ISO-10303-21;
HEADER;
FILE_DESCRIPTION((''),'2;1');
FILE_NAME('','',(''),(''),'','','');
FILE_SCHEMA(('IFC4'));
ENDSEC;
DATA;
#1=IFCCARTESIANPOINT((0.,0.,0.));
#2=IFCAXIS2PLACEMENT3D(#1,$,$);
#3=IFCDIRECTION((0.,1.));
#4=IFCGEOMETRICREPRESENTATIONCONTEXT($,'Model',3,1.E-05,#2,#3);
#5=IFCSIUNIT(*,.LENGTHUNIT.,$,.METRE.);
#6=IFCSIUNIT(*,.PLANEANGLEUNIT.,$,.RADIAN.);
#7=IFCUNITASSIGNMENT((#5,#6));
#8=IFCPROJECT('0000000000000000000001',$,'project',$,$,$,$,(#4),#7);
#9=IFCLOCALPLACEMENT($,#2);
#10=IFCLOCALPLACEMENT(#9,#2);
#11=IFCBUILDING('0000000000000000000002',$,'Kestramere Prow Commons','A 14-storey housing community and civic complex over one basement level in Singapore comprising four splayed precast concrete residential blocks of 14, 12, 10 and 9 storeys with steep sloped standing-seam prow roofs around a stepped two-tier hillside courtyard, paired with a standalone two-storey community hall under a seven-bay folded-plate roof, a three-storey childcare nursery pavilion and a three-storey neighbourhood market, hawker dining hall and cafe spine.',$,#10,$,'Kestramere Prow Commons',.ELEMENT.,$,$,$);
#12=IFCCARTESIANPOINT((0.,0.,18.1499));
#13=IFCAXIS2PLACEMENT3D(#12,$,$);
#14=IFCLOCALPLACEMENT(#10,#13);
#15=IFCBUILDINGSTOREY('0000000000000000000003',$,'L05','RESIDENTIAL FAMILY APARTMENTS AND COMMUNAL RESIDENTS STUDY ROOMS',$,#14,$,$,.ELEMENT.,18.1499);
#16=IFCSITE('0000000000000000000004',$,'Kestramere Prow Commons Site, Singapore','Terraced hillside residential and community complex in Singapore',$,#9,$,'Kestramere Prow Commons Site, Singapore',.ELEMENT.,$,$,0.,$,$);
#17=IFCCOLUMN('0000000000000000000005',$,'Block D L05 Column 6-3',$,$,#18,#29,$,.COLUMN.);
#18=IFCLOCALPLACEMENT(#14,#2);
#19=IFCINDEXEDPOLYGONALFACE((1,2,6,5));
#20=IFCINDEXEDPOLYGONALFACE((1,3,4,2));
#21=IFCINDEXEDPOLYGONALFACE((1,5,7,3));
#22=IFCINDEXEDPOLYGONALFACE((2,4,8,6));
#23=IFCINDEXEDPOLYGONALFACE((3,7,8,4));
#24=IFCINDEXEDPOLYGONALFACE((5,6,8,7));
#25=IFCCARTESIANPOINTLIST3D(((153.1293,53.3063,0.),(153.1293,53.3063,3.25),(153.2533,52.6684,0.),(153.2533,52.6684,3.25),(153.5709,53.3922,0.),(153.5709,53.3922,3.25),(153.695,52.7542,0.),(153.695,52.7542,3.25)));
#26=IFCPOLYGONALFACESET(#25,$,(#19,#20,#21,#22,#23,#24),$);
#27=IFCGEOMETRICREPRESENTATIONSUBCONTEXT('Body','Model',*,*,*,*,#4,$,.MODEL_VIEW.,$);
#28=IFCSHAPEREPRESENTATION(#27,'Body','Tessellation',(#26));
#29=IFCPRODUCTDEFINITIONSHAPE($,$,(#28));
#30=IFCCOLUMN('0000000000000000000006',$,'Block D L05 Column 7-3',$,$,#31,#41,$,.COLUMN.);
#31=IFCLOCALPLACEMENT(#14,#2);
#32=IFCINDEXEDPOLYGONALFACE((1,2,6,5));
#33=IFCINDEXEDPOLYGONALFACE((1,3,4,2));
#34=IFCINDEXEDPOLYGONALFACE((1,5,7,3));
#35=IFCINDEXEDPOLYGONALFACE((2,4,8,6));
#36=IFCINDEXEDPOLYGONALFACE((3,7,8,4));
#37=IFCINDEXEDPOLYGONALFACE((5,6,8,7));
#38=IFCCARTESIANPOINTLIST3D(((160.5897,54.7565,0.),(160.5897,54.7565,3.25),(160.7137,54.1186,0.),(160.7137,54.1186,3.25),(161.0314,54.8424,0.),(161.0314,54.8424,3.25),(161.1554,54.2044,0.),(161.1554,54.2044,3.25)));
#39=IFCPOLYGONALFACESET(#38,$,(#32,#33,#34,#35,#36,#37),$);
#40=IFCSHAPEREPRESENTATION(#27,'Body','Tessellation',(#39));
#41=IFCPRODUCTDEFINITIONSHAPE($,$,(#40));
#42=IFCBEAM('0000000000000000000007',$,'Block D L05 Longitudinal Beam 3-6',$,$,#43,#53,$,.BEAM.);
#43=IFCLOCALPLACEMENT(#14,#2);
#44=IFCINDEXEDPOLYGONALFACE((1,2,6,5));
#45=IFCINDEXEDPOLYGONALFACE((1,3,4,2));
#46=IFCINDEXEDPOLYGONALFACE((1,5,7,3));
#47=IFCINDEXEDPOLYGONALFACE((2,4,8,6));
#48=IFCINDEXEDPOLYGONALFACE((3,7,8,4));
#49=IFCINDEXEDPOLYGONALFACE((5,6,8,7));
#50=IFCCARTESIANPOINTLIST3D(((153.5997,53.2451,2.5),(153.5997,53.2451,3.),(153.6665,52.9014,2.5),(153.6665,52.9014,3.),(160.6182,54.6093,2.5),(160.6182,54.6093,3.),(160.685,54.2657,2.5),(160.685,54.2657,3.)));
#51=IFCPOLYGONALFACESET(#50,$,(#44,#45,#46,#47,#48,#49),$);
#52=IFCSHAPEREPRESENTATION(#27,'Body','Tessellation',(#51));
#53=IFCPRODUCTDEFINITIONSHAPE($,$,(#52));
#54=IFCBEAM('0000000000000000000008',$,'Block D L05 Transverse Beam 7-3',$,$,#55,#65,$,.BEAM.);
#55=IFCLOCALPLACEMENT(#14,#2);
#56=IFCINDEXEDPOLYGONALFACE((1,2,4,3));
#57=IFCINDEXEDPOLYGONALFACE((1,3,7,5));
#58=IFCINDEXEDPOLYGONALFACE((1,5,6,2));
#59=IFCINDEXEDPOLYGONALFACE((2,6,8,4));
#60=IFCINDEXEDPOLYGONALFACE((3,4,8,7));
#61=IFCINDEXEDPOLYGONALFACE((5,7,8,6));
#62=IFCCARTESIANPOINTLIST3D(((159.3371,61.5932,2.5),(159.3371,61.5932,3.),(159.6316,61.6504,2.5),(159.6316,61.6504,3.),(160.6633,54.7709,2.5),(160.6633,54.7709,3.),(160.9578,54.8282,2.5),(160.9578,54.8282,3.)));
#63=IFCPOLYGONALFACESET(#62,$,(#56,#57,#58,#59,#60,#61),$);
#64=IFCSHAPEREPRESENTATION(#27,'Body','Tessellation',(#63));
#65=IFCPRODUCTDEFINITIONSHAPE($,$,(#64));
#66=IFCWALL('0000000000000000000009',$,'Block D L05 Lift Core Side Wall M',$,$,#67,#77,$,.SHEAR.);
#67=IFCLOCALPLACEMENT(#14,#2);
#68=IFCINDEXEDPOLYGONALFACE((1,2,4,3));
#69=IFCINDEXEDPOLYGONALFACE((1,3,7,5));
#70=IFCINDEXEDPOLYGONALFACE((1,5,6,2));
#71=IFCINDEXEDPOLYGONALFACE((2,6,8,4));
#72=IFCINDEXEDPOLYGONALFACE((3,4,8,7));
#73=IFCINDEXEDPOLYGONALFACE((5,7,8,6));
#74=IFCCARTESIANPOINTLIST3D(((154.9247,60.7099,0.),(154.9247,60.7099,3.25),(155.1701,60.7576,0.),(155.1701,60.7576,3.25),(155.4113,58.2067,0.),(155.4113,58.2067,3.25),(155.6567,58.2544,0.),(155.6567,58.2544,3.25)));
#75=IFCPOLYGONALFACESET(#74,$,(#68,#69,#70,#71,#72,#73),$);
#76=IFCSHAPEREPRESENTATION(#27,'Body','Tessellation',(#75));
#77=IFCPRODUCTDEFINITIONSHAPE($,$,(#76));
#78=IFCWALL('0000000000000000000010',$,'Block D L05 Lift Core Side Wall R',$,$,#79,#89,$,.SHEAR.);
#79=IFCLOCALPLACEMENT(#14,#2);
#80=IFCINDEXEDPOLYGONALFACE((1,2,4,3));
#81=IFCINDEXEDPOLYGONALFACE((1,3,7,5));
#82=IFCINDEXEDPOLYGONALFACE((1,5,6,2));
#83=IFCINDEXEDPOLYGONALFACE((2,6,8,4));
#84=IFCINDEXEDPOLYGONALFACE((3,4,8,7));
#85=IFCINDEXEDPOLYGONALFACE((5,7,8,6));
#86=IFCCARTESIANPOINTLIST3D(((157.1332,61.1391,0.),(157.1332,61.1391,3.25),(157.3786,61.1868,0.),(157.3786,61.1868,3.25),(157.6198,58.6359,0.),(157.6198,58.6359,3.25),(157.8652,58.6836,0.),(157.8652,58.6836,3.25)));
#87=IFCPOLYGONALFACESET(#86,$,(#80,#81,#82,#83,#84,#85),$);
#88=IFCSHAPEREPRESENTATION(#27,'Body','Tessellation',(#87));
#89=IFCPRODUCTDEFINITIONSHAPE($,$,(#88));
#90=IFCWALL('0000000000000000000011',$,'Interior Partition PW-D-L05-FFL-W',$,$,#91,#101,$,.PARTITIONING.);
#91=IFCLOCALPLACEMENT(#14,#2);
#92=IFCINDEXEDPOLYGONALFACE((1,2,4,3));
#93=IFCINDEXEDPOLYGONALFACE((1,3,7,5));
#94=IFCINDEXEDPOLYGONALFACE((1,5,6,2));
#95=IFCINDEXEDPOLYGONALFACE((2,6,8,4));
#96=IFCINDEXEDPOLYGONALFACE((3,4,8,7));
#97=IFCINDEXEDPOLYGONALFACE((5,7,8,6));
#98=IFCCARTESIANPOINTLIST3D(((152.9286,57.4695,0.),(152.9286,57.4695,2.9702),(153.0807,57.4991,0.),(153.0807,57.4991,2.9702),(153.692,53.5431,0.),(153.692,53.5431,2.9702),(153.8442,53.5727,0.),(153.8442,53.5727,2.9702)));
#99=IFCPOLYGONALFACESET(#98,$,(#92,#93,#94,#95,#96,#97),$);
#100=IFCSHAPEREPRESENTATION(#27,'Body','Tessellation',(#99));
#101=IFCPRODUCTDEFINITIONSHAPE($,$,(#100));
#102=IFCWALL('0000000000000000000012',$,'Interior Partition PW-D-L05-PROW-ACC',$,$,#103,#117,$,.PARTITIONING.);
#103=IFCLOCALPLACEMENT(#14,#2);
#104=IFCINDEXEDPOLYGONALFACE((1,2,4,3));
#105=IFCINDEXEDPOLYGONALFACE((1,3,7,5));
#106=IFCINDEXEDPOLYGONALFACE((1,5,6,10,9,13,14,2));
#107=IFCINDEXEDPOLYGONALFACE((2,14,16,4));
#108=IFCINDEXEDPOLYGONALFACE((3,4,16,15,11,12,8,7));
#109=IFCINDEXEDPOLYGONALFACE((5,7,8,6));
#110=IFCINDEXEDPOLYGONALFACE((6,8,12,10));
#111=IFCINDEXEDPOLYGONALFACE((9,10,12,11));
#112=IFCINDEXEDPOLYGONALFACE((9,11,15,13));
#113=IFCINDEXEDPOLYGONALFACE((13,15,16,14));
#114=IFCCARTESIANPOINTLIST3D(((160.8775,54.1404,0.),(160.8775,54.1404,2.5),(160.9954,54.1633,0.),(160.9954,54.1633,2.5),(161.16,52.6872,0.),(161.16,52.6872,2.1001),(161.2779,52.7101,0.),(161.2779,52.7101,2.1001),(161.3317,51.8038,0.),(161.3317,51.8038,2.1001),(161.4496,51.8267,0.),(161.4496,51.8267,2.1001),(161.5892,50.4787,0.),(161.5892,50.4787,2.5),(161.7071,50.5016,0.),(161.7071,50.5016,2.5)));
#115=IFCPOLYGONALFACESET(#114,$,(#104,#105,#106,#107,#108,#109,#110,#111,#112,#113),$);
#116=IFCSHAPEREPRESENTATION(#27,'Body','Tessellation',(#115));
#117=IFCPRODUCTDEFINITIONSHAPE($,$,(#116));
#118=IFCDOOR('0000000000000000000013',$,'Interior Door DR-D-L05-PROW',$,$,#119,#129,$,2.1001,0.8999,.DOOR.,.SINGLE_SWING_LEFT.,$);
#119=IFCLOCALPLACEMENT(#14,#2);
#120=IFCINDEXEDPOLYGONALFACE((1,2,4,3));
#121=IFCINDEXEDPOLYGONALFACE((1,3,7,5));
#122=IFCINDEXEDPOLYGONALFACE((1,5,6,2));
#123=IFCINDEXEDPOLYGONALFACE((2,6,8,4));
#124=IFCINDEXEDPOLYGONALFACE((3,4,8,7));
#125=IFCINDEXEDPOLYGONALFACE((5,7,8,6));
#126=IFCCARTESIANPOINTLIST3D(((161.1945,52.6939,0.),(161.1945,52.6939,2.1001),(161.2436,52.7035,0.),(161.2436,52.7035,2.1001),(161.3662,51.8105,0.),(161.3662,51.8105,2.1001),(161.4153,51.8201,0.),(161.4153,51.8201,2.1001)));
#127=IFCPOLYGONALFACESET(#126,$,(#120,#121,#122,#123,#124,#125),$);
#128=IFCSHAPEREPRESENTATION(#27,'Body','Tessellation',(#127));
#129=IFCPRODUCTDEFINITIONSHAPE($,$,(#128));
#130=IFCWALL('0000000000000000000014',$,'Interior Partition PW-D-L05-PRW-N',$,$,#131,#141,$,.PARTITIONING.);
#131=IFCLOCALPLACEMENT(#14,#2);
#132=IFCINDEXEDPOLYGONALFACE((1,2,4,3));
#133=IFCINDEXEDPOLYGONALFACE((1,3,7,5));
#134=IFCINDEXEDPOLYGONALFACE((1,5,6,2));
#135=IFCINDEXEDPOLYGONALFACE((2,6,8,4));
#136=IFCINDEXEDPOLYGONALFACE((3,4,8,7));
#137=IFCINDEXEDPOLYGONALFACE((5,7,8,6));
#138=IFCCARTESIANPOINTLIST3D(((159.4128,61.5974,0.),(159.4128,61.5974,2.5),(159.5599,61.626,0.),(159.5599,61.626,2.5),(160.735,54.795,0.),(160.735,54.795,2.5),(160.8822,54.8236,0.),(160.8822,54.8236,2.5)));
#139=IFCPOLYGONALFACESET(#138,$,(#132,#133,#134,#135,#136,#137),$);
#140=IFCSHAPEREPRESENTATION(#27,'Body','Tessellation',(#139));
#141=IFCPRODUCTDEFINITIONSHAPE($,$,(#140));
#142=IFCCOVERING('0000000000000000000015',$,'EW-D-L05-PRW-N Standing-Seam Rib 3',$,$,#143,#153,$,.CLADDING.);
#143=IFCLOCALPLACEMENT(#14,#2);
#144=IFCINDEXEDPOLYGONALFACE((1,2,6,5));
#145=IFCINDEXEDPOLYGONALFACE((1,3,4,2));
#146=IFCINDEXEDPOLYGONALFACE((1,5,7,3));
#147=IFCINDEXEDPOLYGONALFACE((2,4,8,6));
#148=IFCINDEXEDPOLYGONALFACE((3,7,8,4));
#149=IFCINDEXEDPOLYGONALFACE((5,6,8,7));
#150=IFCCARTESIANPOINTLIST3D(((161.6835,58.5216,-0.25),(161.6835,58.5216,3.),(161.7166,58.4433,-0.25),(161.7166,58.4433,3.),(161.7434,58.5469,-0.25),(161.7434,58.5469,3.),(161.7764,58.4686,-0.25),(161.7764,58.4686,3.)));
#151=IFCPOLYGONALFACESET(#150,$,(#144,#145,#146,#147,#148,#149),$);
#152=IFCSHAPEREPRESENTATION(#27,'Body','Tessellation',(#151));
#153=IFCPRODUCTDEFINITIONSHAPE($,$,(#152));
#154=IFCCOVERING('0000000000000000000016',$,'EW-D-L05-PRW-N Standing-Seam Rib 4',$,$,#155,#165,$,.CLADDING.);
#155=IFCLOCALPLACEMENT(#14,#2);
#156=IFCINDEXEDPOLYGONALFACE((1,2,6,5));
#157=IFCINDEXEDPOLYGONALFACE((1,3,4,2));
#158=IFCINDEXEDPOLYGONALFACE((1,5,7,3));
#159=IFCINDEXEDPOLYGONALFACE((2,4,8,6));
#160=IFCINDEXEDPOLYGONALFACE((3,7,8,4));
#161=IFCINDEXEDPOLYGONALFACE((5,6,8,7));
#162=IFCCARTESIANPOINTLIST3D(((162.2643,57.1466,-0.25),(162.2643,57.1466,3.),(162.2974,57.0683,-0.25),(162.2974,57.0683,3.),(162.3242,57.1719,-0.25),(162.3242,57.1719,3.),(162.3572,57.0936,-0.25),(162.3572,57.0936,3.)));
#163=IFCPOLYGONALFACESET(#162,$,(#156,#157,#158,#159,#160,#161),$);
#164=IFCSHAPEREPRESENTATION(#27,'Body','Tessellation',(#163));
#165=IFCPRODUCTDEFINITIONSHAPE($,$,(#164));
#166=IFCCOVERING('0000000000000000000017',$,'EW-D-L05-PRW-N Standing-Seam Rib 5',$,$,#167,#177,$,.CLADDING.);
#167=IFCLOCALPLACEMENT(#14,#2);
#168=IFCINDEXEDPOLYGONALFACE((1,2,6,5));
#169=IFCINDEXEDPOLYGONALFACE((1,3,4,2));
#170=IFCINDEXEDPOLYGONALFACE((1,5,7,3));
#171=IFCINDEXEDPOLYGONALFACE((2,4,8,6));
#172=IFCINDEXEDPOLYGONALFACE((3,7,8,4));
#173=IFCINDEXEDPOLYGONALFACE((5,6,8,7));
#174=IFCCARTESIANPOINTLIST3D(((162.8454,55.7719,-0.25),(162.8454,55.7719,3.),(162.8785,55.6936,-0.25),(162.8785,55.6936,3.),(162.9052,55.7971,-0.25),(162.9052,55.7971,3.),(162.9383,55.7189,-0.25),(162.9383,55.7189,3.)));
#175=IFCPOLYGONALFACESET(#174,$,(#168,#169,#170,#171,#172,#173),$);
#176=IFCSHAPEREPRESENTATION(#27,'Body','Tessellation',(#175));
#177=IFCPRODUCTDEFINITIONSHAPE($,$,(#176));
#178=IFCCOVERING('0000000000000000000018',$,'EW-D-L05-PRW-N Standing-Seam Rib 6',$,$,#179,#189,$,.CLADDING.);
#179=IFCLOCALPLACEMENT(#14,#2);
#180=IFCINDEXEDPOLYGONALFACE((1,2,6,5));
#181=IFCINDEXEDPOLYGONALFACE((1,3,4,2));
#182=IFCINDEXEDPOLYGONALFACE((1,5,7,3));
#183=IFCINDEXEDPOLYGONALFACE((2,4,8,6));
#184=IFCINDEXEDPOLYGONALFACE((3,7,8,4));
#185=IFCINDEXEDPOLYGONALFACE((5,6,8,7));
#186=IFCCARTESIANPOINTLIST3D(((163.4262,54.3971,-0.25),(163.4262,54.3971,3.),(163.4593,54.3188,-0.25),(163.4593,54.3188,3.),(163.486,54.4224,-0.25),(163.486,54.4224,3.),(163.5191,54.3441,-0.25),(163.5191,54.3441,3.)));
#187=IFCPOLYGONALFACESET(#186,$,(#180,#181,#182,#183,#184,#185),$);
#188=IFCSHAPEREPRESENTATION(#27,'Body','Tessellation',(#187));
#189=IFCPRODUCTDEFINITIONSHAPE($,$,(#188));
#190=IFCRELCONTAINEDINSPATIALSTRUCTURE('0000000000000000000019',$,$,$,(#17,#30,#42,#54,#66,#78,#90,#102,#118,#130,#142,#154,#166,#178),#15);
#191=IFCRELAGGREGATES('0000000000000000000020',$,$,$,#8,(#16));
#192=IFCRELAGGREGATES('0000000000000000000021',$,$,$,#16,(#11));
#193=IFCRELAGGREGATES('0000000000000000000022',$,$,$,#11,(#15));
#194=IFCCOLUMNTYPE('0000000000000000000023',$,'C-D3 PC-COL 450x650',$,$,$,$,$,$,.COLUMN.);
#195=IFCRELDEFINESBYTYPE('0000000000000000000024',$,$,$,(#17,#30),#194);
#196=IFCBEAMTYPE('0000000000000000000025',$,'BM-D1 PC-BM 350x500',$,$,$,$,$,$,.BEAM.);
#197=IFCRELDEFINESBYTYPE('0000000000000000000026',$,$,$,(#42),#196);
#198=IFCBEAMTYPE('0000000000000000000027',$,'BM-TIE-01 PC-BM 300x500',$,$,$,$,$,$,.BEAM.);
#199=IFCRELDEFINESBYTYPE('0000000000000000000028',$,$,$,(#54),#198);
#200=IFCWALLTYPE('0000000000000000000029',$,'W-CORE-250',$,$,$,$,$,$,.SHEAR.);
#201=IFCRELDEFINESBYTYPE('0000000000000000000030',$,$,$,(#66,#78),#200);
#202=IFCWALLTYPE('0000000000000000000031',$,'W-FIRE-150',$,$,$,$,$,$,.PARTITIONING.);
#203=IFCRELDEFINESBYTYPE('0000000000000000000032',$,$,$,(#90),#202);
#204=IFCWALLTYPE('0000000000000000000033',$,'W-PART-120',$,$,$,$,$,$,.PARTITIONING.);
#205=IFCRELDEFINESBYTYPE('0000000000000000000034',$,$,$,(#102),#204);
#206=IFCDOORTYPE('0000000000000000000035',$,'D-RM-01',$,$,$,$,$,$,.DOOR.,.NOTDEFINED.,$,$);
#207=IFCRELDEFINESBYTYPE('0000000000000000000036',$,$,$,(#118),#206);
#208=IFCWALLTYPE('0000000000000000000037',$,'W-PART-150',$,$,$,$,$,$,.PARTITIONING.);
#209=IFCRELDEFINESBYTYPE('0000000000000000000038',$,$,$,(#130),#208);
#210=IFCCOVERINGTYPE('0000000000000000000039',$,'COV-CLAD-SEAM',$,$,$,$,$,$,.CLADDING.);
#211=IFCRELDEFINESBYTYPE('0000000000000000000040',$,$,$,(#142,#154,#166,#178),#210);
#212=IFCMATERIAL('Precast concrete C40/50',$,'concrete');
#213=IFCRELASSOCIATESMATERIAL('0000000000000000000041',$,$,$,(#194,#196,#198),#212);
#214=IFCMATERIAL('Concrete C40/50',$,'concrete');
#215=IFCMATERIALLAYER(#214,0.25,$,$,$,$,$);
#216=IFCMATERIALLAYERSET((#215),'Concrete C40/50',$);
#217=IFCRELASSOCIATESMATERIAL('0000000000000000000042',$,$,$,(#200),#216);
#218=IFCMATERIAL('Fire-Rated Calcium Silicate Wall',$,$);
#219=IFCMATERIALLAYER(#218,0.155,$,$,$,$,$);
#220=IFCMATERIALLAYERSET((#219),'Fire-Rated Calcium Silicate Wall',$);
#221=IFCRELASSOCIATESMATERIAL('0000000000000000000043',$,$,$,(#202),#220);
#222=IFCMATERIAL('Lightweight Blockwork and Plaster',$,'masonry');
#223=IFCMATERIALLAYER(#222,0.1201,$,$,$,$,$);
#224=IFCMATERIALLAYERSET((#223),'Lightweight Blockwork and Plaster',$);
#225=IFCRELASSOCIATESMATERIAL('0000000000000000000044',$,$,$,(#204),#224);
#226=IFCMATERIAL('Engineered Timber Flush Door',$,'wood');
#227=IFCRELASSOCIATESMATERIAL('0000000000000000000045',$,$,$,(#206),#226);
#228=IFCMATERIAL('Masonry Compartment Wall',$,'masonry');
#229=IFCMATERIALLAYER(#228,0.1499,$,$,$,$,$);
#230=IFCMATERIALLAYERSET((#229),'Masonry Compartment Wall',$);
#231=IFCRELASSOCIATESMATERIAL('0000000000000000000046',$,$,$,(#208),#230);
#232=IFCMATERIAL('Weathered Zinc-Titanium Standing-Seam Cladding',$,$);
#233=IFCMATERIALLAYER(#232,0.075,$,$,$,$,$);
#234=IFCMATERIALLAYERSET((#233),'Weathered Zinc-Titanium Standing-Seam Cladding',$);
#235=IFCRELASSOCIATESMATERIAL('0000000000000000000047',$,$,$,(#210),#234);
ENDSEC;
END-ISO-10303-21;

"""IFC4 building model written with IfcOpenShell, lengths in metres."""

from ifc_helpers import new_model, si_unit, direction, frame, frame_2d, origin, origin_2d, place, context, subcontext, project, spatial, rectangle, extrude, material, layer, layer_set, material_profile, profile_set, type_object, element, fill, save


model = new_model("IFC4")

# Units and contexts
model_context = context("Model", 3, precision=1e-05, world=origin(), true_north=direction((0.0, 1.0)))
body_context = subcontext(model_context, "Body", "Model", "MODEL_VIEW")
ifc_project = project(units=[si_unit("LENGTHUNIT", "METRE"), si_unit("PLANEANGLEUNIT", "RADIAN")], contexts=[model_context])

# Site, building, storey
site_placement = place(None, origin())
site = spatial("IfcSite", under=ifc_project, at=site_placement, Name="Kestramere Prow Commons Site, Singapore", Description="Terraced hillside residential and community complex in Singapore", LongName="Kestramere Prow Commons Site, Singapore", CompositionType="ELEMENT", RefElevation=0.0)
building_placement = place(site_placement, origin())
building = spatial("IfcBuilding", under=site, at=building_placement, Name="Kestramere Prow Commons", Description="A 14-storey housing community and civic complex over one basement level in Singapore comprising four splayed precast concrete residential blocks of 14, 12, 10 and 9 storeys with steep sloped standing-seam prow roofs around a stepped two-tier hillside courtyard, paired with a standalone two-storey community hall under a seven-bay folded-plate roof, a three-storey childcare nursery pavilion and a three-storey neighbourhood market, hawker dining hall and cafe spine.", LongName="Kestramere Prow Commons", CompositionType="ELEMENT")
storey_placement = place(building_placement, frame((0.0, 0.0, 18.1499)))
storey = spatial("IfcBuildingStorey", under=building, at=storey_placement, Name="L05", Description="RESIDENTIAL FAMILY APARTMENTS AND COMMUNAL RESIDENTS STUDY ROOMS", CompositionType="ELEMENT", Elevation=18.1499)

# Columns
ifc_material_1 = material(Name="Precast concrete C40/50", Category="concrete")
ifc_material_profile_1 = material_profile(ifc_material_1, rectangle(XDim=0.45, YDim=0.6499, at=origin_2d()), Name="PC-COL 450x650")
ifc_profile_set_1 = profile_set([ifc_material_profile_1], Name="Precast concrete C40/50")
column_type = type_object("IfcColumnType", Name="C-D3 PC-COL 450x650", PredefinedType="COLUMN", material=ifc_profile_set_1)
for number, where, z_axis, x_axis, name in (
    (1, (153.4121, 53.0303, 0.0), (0.0, 0.0, 1.0), (0.981627, 0.190809, 0.0), "Block D L05 Column 6-3"),
    (2, (160.8726, 54.4805, 0.0), (0.0, 0.0, 1.0), (0.981627, 0.190809, 0.0), "Block D L05 Column 7-3"),
):
    element("IfcColumn", number, at=place(storey_placement, frame(where, z_axis=z_axis, x_axis=x_axis)), inside=storey, type_object=column_type, Name=name, PredefinedType="COLUMN", context=body_context, shape_type="SweptSolid", body=[
        extrude(rectangle(XDim=0.45, YDim=0.6499, at=origin_2d()), origin(), (0.0, 0.0, 1.0), 3.25),
    ])

# Beams
ifc_material_profile_2 = material_profile(ifc_material_1, rectangle(XDim=0.3501, YDim=0.5, at=origin_2d()), Name="PC-BM 350x500")
ifc_profile_set_2 = profile_set([ifc_material_profile_2], Name="Precast concrete C40/50")
beam_type_1 = type_object("IfcBeamType", Name="BM-D1 PC-BM 350x500", PredefinedType="BEAM", material=ifc_profile_set_2)
beam_1_placement = place(storey_placement, frame((153.6331, 53.0732, 2.75), z_axis=(0.981627, 0.190808, 0.0), x_axis=(-0.190808, 0.981627, 0.0)))
element("IfcBeam", 3, at=beam_1_placement, inside=storey, type_object=beam_type_1, Name="Block D L05 Longitudinal Beam 3-6", PredefinedType="BEAM", context=body_context, shape_type="SweptSolid", body=[
    extrude(rectangle(XDim=0.3501, YDim=0.5, at=origin_2d()), origin(), (0.0, 0.0, 1.0), 7.1499),
])
ifc_material_profile_3 = material_profile(ifc_material_1, rectangle(XDim=0.3, YDim=0.5, at=origin_2d()), Name="PC-BM 300x500")
ifc_profile_set_3 = profile_set([ifc_material_profile_3], Name="Precast concrete C40/50")
beam_type_2 = type_object("IfcBeamType", Name="BM-TIE-01 PC-BM 300x500", PredefinedType="BEAM", material=ifc_profile_set_3)
beam_2_placement = place(storey_placement, frame((160.8105, 54.7996, 2.75), z_axis=(-0.190817, 0.981626, 0.0), x_axis=(-0.981626, -0.190817, 0.0)))
element("IfcBeam", 4, at=beam_2_placement, inside=storey, type_object=beam_type_2, Name="Block D L05 Transverse Beam 7-3", PredefinedType="BEAM", context=body_context, shape_type="SweptSolid", body=[
    extrude(rectangle(XDim=0.3, YDim=0.5, at=origin_2d()), origin(), (0.0, 0.0, 1.0), 6.95),
])

# Shared definitions
ifc_material_2 = material(Name="Concrete C40/50", Category="concrete")
ifc_layer_1 = layer(ifc_material_2, 0.25)
ifc_layer_set_1 = layer_set([ifc_layer_1], Name="Concrete C40/50")
wall_type_1 = type_object("IfcWallType", Name="W-CORE-250", PredefinedType="SHEAR", material=ifc_layer_set_1)

# Walls
for number, where, z_axis, x_axis, name in (
    (5, (155.5339, 58.2307, 0.0), (0.0, 0.0, 1.0), (-0.190811, 0.981627, 0.0), "Block D L05 Lift Core Side Wall M"),
    (6, (157.7424, 58.6599, 0.0), (0.0, 0.0, 1.0), (-0.190811, 0.981627, 0.0), "Block D L05 Lift Core Side Wall R"),
):
    element("IfcWall", number, at=place(storey_placement, frame(where, z_axis=z_axis, x_axis=x_axis)), inside=storey, type_object=wall_type_1, Name=name, PredefinedType="SHEAR", context=body_context, shape_type="SweptSolid", body=[
        extrude(rectangle(XDim=2.55, YDim=0.25, at=frame_2d((1.2749, 0.0))), origin(), (0.0, 0.0, 1.0), 3.25),
    ])

# Shared definitions
ifc_material_3 = material(Name="Fire-Rated Calcium Silicate Wall")
ifc_layer_2 = layer(ifc_material_3, 0.155)
ifc_layer_set_2 = layer_set([ifc_layer_2], Name="Fire-Rated Calcium Silicate Wall")
wall_type_2 = type_object("IfcWallType", Name="W-FIRE-150", PredefinedType="PARTITIONING", material=ifc_layer_set_2)

# Wall
wall_1_placement = place(storey_placement, frame((153.7681, 53.5579, 0.0), z_axis=(0.0, 0.0, 1.0), x_axis=(-0.190855, 0.981618, 0.0)))
element("IfcWall", 7, at=wall_1_placement, inside=storey, type_object=wall_type_2, Name="Interior Partition PW-D-L05-FFL-W", PredefinedType="PARTITIONING", context=body_context, shape_type="SweptSolid", body=[
    extrude(rectangle(XDim=4.0, YDim=0.155, at=frame_2d((2.0, 0.0))), origin(), (0.0, 0.0, 1.0), 2.9702),
])

# Wall, opening, door
ifc_material_4 = material(Name="Lightweight Blockwork and Plaster", Category="masonry")
ifc_layer_3 = layer(ifc_material_4, 0.1201)
ifc_layer_set_3 = layer_set([ifc_layer_3], Name="Lightweight Blockwork and Plaster")
wall_type_3 = type_object("IfcWallType", Name="W-PART-120", PredefinedType="PARTITIONING", material=ifc_layer_set_3)
wall_2_placement = place(storey_placement, frame((161.6482, 50.49, 0.0), z_axis=(0.0, 0.0, 1.0), x_axis=(-0.190789, 0.981631, 0.0)))
wall_2 = element("IfcWall", 8, at=wall_2_placement, inside=storey, type_object=wall_type_3, Name="Interior Partition PW-D-L05-PROW-ACC", PredefinedType="PARTITIONING", context=body_context, shape_type="SweptSolid", body=[
    extrude(rectangle(XDim=3.7302, YDim=0.1201, at=frame_2d((1.8652, 0.0))), origin(), (0.0, 0.0, 1.0), 2.5),
])
opening_1_placement = place(wall_2_placement, frame((1.3501, 0.0, 0.0)))
opening_1 = element("IfcOpeningElement", 9, at=opening_1_placement, cuts=wall_2, PredefinedType="OPENING", context=body_context, shape_type="SweptSolid", body=[
    extrude(rectangle(XDim=0.8999, YDim=2.1001, at=frame_2d((0.45, 1.05))), frame((0.0, 0.075, 0.0), z_axis=(0.0, -1.0, 0.0), x_axis=(1.0, 0.0, 0.0)), (0.0, 0.0, 1.0), 0.1501),
])
ifc_material_5 = material(Name="Engineered Timber Flush Door", Category="wood")
door_type_1 = type_object("IfcDoorType", Name="D-RM-01", OperationType="NOTDEFINED", PredefinedType="DOOR", material=ifc_material_5)
door_1_placement = place(opening_1_placement, origin())
door_1 = element("IfcDoor", 10, at=door_1_placement, inside=storey, type_object=door_type_1, Name="Interior Door DR-D-L05-PROW", OperationType="SINGLE_SWING_LEFT", OverallHeight=2.1001, OverallWidth=0.8999, PredefinedType="DOOR", context=body_context, shape_type="SweptSolid", body=[
    extrude(rectangle(XDim=0.8999, YDim=2.1001, at=frame_2d((0.45, 1.05))), frame((0.0, 0.0249, 0.0), z_axis=(0.0, -1.0, 0.0), x_axis=(1.0, 0.0, 0.0)), (0.0, 0.0, 1.0), 0.05),
])
fill(opening_1, door_1)

# Wall
ifc_material_6 = material(Name="Masonry Compartment Wall", Category="masonry")
ifc_layer_4 = layer(ifc_material_6, 0.1499)
ifc_layer_set_4 = layer_set([ifc_layer_4], Name="Masonry Compartment Wall")
wall_type_4 = type_object("IfcWallType", Name="W-PART-150", PredefinedType="PARTITIONING", material=ifc_layer_set_4)
wall_3_placement = place(storey_placement, frame((160.8086, 54.8093, 0.0), z_axis=(0.0, 0.0, 1.0), x_axis=(-0.190808, 0.981627, 0.0)))
element("IfcWall", 11, at=wall_3_placement, inside=storey, type_object=wall_type_4, Name="Interior Partition PW-D-L05-PRW-N", PredefinedType="PARTITIONING", context=body_context, shape_type="SweptSolid", body=[
    extrude(rectangle(XDim=6.9297, YDim=0.1499, at=frame_2d((3.4648, 0.0))), origin(), (0.0, 0.0, 1.0), 2.5),
])

# Coverings
ifc_material_7 = material(Name="Weathered Zinc-Titanium Standing-Seam Cladding")
ifc_layer_5 = layer(ifc_material_7, 0.075)
ifc_layer_set_5 = layer_set([ifc_layer_5], Name="Weathered Zinc-Titanium Standing-Seam Cladding")
covering_type = type_object("IfcCoveringType", Name="COV-CLAD-SEAM", PredefinedType="CLADDING", material=ifc_layer_set_5)
for number, where, z_axis, x_axis, name in (
    (12, (161.73, 58.4951, -0.25), (0.0, 0.0, 1.0), (0.38922, -0.921145, 0.0), "EW-D-L05-PRW-N Standing-Seam Rib 3"),
    (13, (162.3108, 57.1201, -0.25), (0.0, 0.0, 1.0), (0.38922, -0.921145, 0.0), "EW-D-L05-PRW-N Standing-Seam Rib 4"),
    (14, (162.8918, 55.7454, -0.25), (0.0, 0.0, 1.0), (0.38922, -0.921145, 0.0), "EW-D-L05-PRW-N Standing-Seam Rib 5"),
    (15, (163.4727, 54.3706, -0.25), (0.0, 0.0, 1.0), (0.38922, -0.921145, 0.0), "EW-D-L05-PRW-N Standing-Seam Rib 6"),
):
    element("IfcCovering", number, at=place(storey_placement, frame(where, z_axis=z_axis, x_axis=x_axis)), inside=storey, type_object=covering_type, Name=name, PredefinedType="CLADDING", context=body_context, shape_type="SweptSolid", body=[
        extrude(rectangle(XDim=0.085, YDim=0.0649, at=origin_2d()), origin(), (0.0, 0.0, 1.0), 3.25),
    ])

save(model, "model.ifc")
